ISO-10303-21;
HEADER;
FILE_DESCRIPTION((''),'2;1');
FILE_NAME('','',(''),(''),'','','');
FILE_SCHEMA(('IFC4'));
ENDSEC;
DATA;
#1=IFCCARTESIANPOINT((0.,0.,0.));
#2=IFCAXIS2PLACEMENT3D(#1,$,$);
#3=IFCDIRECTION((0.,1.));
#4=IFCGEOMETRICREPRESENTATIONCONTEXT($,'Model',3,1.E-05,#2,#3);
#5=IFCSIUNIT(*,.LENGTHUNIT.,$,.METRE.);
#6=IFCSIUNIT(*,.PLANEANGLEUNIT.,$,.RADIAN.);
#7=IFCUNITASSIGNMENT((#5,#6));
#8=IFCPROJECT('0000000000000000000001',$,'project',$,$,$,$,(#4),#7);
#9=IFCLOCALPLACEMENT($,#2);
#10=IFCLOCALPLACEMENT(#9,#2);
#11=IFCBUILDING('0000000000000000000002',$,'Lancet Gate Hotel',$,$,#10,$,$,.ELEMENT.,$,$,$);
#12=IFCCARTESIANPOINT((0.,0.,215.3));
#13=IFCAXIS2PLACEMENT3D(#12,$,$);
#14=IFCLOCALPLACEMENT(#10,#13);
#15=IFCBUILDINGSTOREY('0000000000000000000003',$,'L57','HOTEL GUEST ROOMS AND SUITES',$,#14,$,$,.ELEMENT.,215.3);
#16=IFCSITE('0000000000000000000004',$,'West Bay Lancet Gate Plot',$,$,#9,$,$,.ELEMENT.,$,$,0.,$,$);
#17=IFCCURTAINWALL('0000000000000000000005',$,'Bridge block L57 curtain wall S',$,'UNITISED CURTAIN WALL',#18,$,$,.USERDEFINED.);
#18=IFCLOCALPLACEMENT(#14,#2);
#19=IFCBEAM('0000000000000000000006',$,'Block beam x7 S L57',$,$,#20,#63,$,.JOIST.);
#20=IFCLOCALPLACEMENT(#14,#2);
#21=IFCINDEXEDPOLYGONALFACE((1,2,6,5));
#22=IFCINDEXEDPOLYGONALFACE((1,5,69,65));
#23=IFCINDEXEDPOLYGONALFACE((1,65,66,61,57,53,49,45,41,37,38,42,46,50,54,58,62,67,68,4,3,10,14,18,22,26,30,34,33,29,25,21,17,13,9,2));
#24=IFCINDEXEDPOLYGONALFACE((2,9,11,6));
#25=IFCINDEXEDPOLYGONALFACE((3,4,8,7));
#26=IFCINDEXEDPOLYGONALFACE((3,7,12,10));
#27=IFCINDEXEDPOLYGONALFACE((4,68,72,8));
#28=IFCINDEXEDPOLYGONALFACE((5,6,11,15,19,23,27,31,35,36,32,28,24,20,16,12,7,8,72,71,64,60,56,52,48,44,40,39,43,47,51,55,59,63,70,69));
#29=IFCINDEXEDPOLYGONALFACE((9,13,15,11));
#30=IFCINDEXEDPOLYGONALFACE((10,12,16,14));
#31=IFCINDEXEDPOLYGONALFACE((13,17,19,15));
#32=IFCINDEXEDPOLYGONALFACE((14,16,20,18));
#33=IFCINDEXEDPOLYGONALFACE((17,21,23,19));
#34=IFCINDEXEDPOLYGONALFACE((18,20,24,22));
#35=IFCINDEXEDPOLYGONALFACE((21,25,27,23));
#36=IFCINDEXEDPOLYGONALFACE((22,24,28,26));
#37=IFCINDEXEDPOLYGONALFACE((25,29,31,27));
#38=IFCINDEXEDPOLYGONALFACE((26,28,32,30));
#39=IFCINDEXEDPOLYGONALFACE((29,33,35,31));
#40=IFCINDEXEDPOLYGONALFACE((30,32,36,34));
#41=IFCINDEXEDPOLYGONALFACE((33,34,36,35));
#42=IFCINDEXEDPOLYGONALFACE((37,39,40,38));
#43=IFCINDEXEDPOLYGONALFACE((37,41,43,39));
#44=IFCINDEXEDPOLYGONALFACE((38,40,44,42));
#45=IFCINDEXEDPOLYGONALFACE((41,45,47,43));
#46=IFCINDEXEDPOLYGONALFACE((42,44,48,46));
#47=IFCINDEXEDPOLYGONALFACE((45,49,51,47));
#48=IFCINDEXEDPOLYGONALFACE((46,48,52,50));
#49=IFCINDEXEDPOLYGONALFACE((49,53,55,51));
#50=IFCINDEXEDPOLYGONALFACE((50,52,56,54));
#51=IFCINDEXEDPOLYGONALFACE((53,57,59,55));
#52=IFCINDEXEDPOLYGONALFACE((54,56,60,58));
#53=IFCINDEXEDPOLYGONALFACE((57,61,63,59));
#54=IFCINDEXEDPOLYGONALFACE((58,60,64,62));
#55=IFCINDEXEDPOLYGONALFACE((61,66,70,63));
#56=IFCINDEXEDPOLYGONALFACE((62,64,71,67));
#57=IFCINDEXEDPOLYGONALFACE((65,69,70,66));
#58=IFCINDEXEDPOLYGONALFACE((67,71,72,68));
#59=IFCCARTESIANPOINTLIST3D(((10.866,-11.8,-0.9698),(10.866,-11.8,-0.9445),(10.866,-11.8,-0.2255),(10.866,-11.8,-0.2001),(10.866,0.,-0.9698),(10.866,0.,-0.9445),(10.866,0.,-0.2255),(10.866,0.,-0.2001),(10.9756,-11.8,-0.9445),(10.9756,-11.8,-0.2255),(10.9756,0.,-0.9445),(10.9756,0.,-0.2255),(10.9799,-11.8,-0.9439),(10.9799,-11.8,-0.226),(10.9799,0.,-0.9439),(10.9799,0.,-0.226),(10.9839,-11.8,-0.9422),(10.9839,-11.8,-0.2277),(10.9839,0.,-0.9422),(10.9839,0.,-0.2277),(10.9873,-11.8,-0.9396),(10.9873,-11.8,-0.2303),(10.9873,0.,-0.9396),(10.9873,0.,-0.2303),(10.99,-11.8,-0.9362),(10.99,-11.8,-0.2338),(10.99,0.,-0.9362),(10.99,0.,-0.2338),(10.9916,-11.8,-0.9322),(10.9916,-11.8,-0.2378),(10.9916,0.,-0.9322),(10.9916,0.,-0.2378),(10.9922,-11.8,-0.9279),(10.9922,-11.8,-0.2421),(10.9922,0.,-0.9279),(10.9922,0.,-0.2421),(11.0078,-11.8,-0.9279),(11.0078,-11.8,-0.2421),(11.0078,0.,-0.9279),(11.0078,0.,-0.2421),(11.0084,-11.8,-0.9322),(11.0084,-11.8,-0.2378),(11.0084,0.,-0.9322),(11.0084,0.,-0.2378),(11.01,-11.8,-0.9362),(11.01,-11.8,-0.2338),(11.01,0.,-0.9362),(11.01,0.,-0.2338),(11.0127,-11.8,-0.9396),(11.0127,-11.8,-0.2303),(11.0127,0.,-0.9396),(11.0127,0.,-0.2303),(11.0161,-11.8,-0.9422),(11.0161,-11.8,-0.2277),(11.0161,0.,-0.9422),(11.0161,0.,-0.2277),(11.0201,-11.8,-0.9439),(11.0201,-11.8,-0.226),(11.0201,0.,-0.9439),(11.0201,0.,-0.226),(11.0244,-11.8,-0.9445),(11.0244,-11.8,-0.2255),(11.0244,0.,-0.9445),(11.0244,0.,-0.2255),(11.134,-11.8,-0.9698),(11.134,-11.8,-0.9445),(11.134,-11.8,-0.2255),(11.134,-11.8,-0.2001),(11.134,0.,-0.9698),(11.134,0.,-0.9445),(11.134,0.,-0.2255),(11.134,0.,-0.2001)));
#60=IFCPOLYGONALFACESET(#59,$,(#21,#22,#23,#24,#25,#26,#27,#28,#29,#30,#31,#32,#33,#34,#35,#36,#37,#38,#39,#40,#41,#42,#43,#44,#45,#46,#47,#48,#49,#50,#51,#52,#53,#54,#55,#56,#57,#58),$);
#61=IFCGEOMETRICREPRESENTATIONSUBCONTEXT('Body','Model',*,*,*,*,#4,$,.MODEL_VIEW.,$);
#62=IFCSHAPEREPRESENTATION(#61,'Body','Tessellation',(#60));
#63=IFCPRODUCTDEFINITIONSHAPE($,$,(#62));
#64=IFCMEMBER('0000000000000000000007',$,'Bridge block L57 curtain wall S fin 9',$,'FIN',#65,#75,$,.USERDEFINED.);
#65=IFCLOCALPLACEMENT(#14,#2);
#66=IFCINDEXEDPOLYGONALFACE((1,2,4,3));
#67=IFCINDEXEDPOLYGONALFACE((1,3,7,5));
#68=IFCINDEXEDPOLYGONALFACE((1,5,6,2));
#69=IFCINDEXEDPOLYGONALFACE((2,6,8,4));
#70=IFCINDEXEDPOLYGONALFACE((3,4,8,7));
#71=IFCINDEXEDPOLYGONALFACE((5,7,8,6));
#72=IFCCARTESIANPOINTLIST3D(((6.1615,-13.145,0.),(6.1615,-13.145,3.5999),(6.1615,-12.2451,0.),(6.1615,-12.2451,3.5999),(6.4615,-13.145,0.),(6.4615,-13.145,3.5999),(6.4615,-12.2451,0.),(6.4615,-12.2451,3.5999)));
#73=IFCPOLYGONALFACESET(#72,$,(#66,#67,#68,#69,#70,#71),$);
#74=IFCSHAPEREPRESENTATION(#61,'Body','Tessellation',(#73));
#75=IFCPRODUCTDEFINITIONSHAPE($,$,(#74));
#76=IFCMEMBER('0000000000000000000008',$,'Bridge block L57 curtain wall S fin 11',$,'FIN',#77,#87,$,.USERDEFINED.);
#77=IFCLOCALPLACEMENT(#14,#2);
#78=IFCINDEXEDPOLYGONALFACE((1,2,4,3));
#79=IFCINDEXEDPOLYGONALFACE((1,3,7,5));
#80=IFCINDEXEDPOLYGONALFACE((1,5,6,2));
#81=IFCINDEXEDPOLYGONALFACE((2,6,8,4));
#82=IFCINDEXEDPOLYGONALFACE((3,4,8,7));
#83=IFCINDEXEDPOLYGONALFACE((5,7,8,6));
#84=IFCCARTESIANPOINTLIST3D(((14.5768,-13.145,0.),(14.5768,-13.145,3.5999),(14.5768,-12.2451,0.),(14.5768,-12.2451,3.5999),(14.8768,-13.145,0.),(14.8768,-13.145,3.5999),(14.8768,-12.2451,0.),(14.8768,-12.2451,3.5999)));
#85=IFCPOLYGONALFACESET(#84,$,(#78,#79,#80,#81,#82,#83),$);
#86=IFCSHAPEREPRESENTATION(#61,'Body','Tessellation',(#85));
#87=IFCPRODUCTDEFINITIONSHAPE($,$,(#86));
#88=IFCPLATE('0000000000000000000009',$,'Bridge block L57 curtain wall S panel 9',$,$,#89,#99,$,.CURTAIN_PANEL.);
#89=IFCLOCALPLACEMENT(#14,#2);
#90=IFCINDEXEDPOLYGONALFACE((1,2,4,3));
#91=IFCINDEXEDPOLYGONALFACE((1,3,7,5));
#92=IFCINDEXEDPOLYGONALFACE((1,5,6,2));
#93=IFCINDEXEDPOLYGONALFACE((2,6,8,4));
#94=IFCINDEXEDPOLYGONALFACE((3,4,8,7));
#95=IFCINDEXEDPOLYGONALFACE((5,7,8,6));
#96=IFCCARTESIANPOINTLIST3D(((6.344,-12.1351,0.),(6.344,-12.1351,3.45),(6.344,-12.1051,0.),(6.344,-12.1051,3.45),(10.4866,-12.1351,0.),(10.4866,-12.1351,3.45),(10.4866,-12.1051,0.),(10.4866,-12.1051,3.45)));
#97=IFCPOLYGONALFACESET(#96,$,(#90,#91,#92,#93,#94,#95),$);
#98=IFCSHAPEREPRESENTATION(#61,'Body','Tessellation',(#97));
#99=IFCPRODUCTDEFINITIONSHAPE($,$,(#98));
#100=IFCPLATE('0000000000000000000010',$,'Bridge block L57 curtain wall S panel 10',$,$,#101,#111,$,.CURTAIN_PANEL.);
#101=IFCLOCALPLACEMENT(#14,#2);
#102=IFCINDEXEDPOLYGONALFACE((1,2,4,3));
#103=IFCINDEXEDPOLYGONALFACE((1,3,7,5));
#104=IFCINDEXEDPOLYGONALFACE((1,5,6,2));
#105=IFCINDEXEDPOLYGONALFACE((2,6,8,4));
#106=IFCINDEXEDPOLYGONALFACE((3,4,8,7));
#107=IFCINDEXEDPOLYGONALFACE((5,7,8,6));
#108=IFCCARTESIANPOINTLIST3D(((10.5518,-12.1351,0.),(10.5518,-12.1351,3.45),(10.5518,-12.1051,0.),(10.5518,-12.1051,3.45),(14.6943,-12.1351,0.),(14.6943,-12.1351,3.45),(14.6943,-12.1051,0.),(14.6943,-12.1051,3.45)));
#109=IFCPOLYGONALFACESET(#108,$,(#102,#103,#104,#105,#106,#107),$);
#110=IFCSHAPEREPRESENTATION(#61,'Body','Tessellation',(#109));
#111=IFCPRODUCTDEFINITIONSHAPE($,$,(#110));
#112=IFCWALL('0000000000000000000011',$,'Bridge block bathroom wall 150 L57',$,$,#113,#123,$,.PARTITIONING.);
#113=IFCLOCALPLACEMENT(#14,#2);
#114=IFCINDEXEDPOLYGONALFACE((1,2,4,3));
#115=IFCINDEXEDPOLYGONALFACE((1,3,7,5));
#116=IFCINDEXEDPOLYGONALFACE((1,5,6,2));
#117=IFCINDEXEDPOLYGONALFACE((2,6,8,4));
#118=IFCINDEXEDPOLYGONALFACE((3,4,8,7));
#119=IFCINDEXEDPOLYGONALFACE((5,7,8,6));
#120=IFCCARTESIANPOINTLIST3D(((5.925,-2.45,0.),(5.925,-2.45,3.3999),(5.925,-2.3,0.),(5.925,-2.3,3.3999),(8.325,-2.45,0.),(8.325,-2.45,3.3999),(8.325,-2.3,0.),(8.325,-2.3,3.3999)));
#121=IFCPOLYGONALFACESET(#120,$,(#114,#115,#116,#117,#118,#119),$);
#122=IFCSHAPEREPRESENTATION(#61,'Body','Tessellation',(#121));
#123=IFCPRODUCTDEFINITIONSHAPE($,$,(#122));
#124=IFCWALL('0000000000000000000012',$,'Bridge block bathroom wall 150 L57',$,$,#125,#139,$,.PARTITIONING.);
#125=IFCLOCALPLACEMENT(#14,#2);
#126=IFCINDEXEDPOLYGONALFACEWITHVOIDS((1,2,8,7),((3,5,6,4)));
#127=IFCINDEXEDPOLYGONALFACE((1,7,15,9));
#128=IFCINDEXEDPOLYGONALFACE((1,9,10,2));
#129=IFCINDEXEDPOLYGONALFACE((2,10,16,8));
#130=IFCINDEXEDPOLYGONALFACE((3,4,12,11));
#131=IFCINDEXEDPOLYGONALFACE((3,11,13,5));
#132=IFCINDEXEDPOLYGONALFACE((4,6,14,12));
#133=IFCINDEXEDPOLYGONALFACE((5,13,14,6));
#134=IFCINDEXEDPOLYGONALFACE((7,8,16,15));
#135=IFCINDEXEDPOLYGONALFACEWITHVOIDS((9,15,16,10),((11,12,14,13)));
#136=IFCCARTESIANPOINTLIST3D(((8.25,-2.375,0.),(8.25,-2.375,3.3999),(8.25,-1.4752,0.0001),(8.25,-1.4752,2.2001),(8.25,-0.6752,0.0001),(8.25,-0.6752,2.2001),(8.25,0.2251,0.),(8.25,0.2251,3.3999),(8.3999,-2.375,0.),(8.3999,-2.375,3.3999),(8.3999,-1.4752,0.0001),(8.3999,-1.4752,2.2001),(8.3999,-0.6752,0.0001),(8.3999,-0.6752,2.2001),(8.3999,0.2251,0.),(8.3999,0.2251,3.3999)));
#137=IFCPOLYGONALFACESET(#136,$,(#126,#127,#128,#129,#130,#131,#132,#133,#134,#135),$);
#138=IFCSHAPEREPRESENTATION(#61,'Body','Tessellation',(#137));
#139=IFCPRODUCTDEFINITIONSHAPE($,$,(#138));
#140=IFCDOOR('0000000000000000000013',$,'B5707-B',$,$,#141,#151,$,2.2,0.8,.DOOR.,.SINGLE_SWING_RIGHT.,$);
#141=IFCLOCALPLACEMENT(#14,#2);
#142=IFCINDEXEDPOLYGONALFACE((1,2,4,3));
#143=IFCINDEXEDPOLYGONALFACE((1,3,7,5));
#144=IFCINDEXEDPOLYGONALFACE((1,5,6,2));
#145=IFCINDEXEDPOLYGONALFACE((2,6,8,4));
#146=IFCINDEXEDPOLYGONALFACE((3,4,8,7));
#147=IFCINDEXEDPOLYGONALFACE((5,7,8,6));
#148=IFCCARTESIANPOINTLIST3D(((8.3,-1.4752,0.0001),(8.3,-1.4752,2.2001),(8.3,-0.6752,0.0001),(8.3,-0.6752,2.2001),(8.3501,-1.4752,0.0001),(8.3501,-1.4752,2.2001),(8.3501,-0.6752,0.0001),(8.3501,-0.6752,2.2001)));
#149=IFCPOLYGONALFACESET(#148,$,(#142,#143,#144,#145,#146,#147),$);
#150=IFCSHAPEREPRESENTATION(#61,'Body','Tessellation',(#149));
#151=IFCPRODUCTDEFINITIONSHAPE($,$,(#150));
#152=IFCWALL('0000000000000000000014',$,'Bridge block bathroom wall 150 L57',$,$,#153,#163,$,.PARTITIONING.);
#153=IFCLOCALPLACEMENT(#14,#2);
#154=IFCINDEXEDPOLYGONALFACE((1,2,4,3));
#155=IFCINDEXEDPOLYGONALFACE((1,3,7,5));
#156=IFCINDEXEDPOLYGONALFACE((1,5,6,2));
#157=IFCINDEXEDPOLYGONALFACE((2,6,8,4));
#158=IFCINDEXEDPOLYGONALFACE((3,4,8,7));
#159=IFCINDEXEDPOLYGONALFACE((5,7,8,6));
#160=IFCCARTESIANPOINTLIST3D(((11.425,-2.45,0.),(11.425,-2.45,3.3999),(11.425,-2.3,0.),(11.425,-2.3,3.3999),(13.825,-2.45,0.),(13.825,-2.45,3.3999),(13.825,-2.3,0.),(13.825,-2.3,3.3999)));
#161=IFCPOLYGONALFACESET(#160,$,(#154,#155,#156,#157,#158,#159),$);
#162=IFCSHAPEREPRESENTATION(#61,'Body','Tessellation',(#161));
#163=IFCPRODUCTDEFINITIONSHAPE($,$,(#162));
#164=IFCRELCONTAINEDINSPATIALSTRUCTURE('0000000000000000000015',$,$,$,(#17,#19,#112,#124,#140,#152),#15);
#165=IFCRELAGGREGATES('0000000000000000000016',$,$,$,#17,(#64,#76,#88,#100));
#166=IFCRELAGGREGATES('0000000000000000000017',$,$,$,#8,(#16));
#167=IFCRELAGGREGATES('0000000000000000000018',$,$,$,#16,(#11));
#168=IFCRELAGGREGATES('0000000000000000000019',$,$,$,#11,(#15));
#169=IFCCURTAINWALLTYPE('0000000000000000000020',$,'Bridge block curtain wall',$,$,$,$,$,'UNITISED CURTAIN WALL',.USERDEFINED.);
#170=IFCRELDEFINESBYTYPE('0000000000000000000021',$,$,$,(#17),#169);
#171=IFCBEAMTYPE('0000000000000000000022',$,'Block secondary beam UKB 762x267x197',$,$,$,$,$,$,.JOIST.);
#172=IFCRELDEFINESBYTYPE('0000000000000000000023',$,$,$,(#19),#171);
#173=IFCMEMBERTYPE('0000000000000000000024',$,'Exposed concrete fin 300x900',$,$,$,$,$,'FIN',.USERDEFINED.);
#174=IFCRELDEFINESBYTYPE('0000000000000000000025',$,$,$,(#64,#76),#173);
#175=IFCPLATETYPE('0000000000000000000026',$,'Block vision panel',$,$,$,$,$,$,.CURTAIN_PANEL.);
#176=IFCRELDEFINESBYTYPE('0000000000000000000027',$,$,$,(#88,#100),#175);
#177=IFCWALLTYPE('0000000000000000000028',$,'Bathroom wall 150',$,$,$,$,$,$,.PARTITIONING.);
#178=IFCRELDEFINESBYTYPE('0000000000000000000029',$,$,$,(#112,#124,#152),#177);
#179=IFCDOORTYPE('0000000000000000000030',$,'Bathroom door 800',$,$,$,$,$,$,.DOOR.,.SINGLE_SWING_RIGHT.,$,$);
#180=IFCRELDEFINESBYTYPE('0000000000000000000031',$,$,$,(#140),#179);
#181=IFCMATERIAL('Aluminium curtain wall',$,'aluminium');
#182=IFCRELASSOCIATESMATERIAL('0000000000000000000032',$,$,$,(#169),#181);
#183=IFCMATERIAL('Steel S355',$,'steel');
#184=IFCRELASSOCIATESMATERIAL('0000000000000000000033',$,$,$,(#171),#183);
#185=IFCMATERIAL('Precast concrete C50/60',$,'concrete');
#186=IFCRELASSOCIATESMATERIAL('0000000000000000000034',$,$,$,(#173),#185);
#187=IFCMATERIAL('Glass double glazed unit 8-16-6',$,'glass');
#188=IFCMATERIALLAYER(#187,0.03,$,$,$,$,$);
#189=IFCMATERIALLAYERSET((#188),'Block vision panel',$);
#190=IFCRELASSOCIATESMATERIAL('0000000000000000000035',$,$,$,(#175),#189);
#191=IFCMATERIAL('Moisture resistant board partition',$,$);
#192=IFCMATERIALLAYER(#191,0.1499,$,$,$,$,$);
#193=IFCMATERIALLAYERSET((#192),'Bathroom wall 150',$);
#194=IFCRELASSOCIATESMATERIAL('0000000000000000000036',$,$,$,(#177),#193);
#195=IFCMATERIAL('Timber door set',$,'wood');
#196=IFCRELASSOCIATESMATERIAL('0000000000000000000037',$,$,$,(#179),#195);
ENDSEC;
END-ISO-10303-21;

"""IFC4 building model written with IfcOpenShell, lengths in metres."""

from ifc_helpers import new_model, si_unit, direction, frame, frame_2d, origin, origin_2d, place, context, subcontext, project, spatial, rectangle, i_section, extrude, material, layer, layer_set, material_profile, profile_set, type_object, element, fill, aggregate, save


model = new_model("IFC4")

# Units and contexts
model_context = context("Model", 3, precision=1e-05, world=origin(), true_north=direction((0.0, 1.0)))
body_context = subcontext(model_context, "Body", "Model", "MODEL_VIEW")
ifc_project = project(units=[si_unit("LENGTHUNIT", "METRE"), si_unit("PLANEANGLEUNIT", "RADIAN")], contexts=[model_context])

# Site, building, storey
site_placement = place(None, origin())
site = spatial("IfcSite", under=ifc_project, at=site_placement, Name="West Bay Lancet Gate Plot", CompositionType="ELEMENT", RefElevation=0.0)
building_placement = place(site_placement, origin())
building = spatial("IfcBuilding", under=site, at=building_placement, Name="Lancet Gate Hotel", CompositionType="ELEMENT")
storey_placement = place(building_placement, frame((0.0, 0.0, 215.3)))
storey = spatial("IfcBuildingStorey", under=building, at=storey_placement, Name="L57", Description="HOTEL GUEST ROOMS AND SUITES", CompositionType="ELEMENT", Elevation=215.3)

# Curtain wall
ifc_material_1 = material(Name="Aluminium curtain wall", Category="aluminium")
curtain_wall_type = type_object("IfcCurtainWallType", Name="Bridge block curtain wall", ElementType="UNITISED CURTAIN WALL", PredefinedType="USERDEFINED", material=ifc_material_1)
curtain_wall_placement = place(storey_placement, origin())
curtain_wall = element("IfcCurtainWall", 1, at=curtain_wall_placement, inside=storey, type_object=curtain_wall_type, Name="Bridge block L57 curtain wall S", ObjectType="UNITISED CURTAIN WALL", PredefinedType="USERDEFINED")

# Beam
ifc_material_2 = material(Name="Steel S355", Category="steel")
ifc_material_profile_1 = material_profile(ifc_material_2, i_section(OverallWidth=0.2681, OverallDepth=0.7698, WebThickness=0.0156, FlangeThickness=0.0254, FilletRadius=0.0166, at=origin_2d()), Name="UKB 762x267x197")
ifc_profile_set_1 = profile_set([ifc_material_profile_1], Name="Steel S355")
beam_type_1 = type_object("IfcBeamType", Name="Block secondary beam UKB 762x267x197", PredefinedType="JOIST", material=ifc_profile_set_1)
beam_1_placement = place(storey_placement, frame((11.0, -11.8, -0.585), z_axis=(0.0, 1.0, 0.0), x_axis=(-1.0, 0.0, 0.0)))
element("IfcBeam", 2, at=beam_1_placement, inside=storey, type_object=beam_type_1, Name="Block beam x7 S L57", PredefinedType="JOIST", context=body_context, shape_type="SweptSolid", body=[
    extrude(i_section(OverallWidth=0.2681, OverallDepth=0.7698, WebThickness=0.0156, FlangeThickness=0.0254, FilletRadius=0.0166, at=origin_2d()), origin(), (0.0, 0.0, 1.0), 11.8),
])

# Members
ifc_material_3 = material(Name="Precast concrete C50/60", Category="concrete")
ifc_material_profile_2 = material_profile(ifc_material_3, rectangle(XDim=0.3, YDim=0.8999, at=origin_2d()), Name="FIN 300x900")
ifc_profile_set_2 = profile_set([ifc_material_profile_2], Name="Precast concrete C50/60")
member_type_1 = type_object("IfcMemberType", Name="Exposed concrete fin 300x900", ElementType="FIN", PredefinedType="USERDEFINED", material=ifc_profile_set_2)
member_1_placement = place(storey_placement, frame((6.3115, -12.6951, 0.0), z_axis=(0.0, 0.0, 1.0), x_axis=(1.0, 0.0, 0.0)))
member_1 = element("IfcMember", 3, at=member_1_placement, type_object=member_type_1, Name="Bridge block L57 curtain wall S fin 9", ObjectType="FIN", PredefinedType="USERDEFINED", context=body_context, shape_type="SweptSolid", body=[
    extrude(rectangle(XDim=0.3, YDim=0.8999, at=origin_2d()), origin(), (0.0, 0.0, 1.0), 3.5999),
])
member_2_placement = place(storey_placement, frame((14.7268, -12.6951, 0.0), z_axis=(0.0, 0.0, 1.0), x_axis=(1.0, 0.0, 0.0)))
member_2 = element("IfcMember", 4, at=member_2_placement, type_object=member_type_1, Name="Bridge block L57 curtain wall S fin 11", ObjectType="FIN", PredefinedType="USERDEFINED", context=body_context, shape_type="SweptSolid", body=[
    extrude(rectangle(XDim=0.3, YDim=0.8999, at=origin_2d()), origin(), (0.0, 0.0, 1.0), 3.5999),
])

# Plates
ifc_material_4 = material(Name="Glass double glazed unit 8-16-6", Category="glass")
ifc_layer_1 = layer(ifc_material_4, 0.03)
ifc_layer_set_1 = layer_set([ifc_layer_1], Name="Block vision panel")
plate_type = type_object("IfcPlateType", Name="Block vision panel", PredefinedType="CURTAIN_PANEL", material=ifc_layer_set_1)
plate_1_placement = place(storey_placement, frame((8.4153, -12.1201, 0.0), z_axis=(0.0, 0.0, 1.0), x_axis=(1.0, 0.0, 0.0)))
plate_1 = element("IfcPlate", 5, at=plate_1_placement, type_object=plate_type, Name="Bridge block L57 curtain wall S panel 9", PredefinedType="CURTAIN_PANEL", context=body_context, shape_type="SweptSolid", body=[
    extrude(rectangle(XDim=4.1426, YDim=0.03, at=origin_2d()), origin(), (0.0, 0.0, 1.0), 3.45),
])
plate_2_placement = place(storey_placement, frame((12.623, -12.1201, 0.0), z_axis=(0.0, 0.0, 1.0), x_axis=(1.0, 0.0, 0.0)))
plate_2 = element("IfcPlate", 6, at=plate_2_placement, type_object=plate_type, Name="Bridge block L57 curtain wall S panel 10", PredefinedType="CURTAIN_PANEL", context=body_context, shape_type="SweptSolid", body=[
    extrude(rectangle(XDim=4.1426, YDim=0.03, at=origin_2d()), origin(), (0.0, 0.0, 1.0), 3.45),
])
aggregate(curtain_wall, [member_1, member_2, plate_1, plate_2])

# Wall
ifc_material_5 = material(Name="Moisture resistant board partition")
ifc_layer_2 = layer(ifc_material_5, 0.1499)
ifc_layer_set_2 = layer_set([ifc_layer_2], Name="Bathroom wall 150")
wall_type_1 = type_object("IfcWallType", Name="Bathroom wall 150", PredefinedType="PARTITIONING", material=ifc_layer_set_2)
wall_1_placement = place(storey_placement, frame((5.925, -2.375, 0.0), z_axis=(0.0, 0.0, 1.0), x_axis=(1.0, 0.0, 0.0)))
element("IfcWall", 7, at=wall_1_placement, inside=storey, type_object=wall_type_1, Name="Bridge block bathroom wall 150 L57", PredefinedType="PARTITIONING", context=body_context, shape_type="SweptSolid", body=[
    extrude(rectangle(XDim=2.3999, YDim=0.1499, at=frame_2d((1.2, 0.0))), origin(), (0.0, 0.0, 1.0), 3.3999),
])

# Wall, opening, door
wall_2_placement = place(storey_placement, frame((8.325, -2.375, 0.0), z_axis=(0.0, 0.0, 1.0), x_axis=(0.0, 1.0, 0.0)))
wall_2 = element("IfcWall", 8, at=wall_2_placement, inside=storey, type_object=wall_type_1, Name="Bridge block bathroom wall 150 L57", PredefinedType="PARTITIONING", context=body_context, shape_type="SweptSolid", body=[
    extrude(rectangle(XDim=2.6001, YDim=0.1499, at=frame_2d((1.3, 0.0))), origin(), (0.0, 0.0, 1.0), 3.3999),
])
opening_1_placement = place(wall_2_placement, frame((0.8999, 0.0, 0.0)))
opening_1 = element("IfcOpeningElement", 9, at=opening_1_placement, cuts=wall_2, PredefinedType="OPENING", context=body_context, shape_type="SweptSolid", body=[
    extrude(rectangle(XDim=0.8, YDim=2.2, at=frame_2d((0.3999, 1.1001))), frame((0.0, 0.085, 0.0), z_axis=(0.0, -1.0, 0.0), x_axis=(1.0, 0.0, 0.0)), (0.0, 0.0, 1.0), 0.1699),
])
ifc_material_6 = material(Name="Timber door set", Category="wood")
door_type = type_object("IfcDoorType", Name="Bathroom door 800", OperationType="SINGLE_SWING_RIGHT", PredefinedType="DOOR", material=ifc_material_6)
door_1_placement = place(opening_1_placement, origin())
door_1 = element("IfcDoor", 10, at=door_1_placement, inside=storey, type_object=door_type, Name="B5707-B", OperationType="SINGLE_SWING_RIGHT", OverallHeight=2.2, OverallWidth=0.8, PredefinedType="DOOR", context=body_context, shape_type="SweptSolid", body=[
    extrude(rectangle(XDim=0.8, YDim=2.2, at=frame_2d((0.3999, 1.1001))), frame((0.0, 0.0249, 0.0), z_axis=(0.0, -1.0, 0.0), x_axis=(1.0, 0.0, 0.0)), (0.0, 0.0, 1.0), 0.05),
])
fill(opening_1, door_1)

# Wall
wall_3_placement = place(storey_placement, frame((11.425, -2.375, 0.0), z_axis=(0.0, 0.0, 1.0), x_axis=(1.0, 0.0, 0.0)))
element("IfcWall", 11, at=wall_3_placement, inside=storey, type_object=wall_type_1, Name="Bridge block bathroom wall 150 L57", PredefinedType="PARTITIONING", context=body_context, shape_type="SweptSolid", body=[
    extrude(rectangle(XDim=2.3999, YDim=0.1499, at=frame_2d((1.2, 0.0))), origin(), (0.0, 0.0, 1.0), 3.3999),
])

save(model, "model.ifc")
